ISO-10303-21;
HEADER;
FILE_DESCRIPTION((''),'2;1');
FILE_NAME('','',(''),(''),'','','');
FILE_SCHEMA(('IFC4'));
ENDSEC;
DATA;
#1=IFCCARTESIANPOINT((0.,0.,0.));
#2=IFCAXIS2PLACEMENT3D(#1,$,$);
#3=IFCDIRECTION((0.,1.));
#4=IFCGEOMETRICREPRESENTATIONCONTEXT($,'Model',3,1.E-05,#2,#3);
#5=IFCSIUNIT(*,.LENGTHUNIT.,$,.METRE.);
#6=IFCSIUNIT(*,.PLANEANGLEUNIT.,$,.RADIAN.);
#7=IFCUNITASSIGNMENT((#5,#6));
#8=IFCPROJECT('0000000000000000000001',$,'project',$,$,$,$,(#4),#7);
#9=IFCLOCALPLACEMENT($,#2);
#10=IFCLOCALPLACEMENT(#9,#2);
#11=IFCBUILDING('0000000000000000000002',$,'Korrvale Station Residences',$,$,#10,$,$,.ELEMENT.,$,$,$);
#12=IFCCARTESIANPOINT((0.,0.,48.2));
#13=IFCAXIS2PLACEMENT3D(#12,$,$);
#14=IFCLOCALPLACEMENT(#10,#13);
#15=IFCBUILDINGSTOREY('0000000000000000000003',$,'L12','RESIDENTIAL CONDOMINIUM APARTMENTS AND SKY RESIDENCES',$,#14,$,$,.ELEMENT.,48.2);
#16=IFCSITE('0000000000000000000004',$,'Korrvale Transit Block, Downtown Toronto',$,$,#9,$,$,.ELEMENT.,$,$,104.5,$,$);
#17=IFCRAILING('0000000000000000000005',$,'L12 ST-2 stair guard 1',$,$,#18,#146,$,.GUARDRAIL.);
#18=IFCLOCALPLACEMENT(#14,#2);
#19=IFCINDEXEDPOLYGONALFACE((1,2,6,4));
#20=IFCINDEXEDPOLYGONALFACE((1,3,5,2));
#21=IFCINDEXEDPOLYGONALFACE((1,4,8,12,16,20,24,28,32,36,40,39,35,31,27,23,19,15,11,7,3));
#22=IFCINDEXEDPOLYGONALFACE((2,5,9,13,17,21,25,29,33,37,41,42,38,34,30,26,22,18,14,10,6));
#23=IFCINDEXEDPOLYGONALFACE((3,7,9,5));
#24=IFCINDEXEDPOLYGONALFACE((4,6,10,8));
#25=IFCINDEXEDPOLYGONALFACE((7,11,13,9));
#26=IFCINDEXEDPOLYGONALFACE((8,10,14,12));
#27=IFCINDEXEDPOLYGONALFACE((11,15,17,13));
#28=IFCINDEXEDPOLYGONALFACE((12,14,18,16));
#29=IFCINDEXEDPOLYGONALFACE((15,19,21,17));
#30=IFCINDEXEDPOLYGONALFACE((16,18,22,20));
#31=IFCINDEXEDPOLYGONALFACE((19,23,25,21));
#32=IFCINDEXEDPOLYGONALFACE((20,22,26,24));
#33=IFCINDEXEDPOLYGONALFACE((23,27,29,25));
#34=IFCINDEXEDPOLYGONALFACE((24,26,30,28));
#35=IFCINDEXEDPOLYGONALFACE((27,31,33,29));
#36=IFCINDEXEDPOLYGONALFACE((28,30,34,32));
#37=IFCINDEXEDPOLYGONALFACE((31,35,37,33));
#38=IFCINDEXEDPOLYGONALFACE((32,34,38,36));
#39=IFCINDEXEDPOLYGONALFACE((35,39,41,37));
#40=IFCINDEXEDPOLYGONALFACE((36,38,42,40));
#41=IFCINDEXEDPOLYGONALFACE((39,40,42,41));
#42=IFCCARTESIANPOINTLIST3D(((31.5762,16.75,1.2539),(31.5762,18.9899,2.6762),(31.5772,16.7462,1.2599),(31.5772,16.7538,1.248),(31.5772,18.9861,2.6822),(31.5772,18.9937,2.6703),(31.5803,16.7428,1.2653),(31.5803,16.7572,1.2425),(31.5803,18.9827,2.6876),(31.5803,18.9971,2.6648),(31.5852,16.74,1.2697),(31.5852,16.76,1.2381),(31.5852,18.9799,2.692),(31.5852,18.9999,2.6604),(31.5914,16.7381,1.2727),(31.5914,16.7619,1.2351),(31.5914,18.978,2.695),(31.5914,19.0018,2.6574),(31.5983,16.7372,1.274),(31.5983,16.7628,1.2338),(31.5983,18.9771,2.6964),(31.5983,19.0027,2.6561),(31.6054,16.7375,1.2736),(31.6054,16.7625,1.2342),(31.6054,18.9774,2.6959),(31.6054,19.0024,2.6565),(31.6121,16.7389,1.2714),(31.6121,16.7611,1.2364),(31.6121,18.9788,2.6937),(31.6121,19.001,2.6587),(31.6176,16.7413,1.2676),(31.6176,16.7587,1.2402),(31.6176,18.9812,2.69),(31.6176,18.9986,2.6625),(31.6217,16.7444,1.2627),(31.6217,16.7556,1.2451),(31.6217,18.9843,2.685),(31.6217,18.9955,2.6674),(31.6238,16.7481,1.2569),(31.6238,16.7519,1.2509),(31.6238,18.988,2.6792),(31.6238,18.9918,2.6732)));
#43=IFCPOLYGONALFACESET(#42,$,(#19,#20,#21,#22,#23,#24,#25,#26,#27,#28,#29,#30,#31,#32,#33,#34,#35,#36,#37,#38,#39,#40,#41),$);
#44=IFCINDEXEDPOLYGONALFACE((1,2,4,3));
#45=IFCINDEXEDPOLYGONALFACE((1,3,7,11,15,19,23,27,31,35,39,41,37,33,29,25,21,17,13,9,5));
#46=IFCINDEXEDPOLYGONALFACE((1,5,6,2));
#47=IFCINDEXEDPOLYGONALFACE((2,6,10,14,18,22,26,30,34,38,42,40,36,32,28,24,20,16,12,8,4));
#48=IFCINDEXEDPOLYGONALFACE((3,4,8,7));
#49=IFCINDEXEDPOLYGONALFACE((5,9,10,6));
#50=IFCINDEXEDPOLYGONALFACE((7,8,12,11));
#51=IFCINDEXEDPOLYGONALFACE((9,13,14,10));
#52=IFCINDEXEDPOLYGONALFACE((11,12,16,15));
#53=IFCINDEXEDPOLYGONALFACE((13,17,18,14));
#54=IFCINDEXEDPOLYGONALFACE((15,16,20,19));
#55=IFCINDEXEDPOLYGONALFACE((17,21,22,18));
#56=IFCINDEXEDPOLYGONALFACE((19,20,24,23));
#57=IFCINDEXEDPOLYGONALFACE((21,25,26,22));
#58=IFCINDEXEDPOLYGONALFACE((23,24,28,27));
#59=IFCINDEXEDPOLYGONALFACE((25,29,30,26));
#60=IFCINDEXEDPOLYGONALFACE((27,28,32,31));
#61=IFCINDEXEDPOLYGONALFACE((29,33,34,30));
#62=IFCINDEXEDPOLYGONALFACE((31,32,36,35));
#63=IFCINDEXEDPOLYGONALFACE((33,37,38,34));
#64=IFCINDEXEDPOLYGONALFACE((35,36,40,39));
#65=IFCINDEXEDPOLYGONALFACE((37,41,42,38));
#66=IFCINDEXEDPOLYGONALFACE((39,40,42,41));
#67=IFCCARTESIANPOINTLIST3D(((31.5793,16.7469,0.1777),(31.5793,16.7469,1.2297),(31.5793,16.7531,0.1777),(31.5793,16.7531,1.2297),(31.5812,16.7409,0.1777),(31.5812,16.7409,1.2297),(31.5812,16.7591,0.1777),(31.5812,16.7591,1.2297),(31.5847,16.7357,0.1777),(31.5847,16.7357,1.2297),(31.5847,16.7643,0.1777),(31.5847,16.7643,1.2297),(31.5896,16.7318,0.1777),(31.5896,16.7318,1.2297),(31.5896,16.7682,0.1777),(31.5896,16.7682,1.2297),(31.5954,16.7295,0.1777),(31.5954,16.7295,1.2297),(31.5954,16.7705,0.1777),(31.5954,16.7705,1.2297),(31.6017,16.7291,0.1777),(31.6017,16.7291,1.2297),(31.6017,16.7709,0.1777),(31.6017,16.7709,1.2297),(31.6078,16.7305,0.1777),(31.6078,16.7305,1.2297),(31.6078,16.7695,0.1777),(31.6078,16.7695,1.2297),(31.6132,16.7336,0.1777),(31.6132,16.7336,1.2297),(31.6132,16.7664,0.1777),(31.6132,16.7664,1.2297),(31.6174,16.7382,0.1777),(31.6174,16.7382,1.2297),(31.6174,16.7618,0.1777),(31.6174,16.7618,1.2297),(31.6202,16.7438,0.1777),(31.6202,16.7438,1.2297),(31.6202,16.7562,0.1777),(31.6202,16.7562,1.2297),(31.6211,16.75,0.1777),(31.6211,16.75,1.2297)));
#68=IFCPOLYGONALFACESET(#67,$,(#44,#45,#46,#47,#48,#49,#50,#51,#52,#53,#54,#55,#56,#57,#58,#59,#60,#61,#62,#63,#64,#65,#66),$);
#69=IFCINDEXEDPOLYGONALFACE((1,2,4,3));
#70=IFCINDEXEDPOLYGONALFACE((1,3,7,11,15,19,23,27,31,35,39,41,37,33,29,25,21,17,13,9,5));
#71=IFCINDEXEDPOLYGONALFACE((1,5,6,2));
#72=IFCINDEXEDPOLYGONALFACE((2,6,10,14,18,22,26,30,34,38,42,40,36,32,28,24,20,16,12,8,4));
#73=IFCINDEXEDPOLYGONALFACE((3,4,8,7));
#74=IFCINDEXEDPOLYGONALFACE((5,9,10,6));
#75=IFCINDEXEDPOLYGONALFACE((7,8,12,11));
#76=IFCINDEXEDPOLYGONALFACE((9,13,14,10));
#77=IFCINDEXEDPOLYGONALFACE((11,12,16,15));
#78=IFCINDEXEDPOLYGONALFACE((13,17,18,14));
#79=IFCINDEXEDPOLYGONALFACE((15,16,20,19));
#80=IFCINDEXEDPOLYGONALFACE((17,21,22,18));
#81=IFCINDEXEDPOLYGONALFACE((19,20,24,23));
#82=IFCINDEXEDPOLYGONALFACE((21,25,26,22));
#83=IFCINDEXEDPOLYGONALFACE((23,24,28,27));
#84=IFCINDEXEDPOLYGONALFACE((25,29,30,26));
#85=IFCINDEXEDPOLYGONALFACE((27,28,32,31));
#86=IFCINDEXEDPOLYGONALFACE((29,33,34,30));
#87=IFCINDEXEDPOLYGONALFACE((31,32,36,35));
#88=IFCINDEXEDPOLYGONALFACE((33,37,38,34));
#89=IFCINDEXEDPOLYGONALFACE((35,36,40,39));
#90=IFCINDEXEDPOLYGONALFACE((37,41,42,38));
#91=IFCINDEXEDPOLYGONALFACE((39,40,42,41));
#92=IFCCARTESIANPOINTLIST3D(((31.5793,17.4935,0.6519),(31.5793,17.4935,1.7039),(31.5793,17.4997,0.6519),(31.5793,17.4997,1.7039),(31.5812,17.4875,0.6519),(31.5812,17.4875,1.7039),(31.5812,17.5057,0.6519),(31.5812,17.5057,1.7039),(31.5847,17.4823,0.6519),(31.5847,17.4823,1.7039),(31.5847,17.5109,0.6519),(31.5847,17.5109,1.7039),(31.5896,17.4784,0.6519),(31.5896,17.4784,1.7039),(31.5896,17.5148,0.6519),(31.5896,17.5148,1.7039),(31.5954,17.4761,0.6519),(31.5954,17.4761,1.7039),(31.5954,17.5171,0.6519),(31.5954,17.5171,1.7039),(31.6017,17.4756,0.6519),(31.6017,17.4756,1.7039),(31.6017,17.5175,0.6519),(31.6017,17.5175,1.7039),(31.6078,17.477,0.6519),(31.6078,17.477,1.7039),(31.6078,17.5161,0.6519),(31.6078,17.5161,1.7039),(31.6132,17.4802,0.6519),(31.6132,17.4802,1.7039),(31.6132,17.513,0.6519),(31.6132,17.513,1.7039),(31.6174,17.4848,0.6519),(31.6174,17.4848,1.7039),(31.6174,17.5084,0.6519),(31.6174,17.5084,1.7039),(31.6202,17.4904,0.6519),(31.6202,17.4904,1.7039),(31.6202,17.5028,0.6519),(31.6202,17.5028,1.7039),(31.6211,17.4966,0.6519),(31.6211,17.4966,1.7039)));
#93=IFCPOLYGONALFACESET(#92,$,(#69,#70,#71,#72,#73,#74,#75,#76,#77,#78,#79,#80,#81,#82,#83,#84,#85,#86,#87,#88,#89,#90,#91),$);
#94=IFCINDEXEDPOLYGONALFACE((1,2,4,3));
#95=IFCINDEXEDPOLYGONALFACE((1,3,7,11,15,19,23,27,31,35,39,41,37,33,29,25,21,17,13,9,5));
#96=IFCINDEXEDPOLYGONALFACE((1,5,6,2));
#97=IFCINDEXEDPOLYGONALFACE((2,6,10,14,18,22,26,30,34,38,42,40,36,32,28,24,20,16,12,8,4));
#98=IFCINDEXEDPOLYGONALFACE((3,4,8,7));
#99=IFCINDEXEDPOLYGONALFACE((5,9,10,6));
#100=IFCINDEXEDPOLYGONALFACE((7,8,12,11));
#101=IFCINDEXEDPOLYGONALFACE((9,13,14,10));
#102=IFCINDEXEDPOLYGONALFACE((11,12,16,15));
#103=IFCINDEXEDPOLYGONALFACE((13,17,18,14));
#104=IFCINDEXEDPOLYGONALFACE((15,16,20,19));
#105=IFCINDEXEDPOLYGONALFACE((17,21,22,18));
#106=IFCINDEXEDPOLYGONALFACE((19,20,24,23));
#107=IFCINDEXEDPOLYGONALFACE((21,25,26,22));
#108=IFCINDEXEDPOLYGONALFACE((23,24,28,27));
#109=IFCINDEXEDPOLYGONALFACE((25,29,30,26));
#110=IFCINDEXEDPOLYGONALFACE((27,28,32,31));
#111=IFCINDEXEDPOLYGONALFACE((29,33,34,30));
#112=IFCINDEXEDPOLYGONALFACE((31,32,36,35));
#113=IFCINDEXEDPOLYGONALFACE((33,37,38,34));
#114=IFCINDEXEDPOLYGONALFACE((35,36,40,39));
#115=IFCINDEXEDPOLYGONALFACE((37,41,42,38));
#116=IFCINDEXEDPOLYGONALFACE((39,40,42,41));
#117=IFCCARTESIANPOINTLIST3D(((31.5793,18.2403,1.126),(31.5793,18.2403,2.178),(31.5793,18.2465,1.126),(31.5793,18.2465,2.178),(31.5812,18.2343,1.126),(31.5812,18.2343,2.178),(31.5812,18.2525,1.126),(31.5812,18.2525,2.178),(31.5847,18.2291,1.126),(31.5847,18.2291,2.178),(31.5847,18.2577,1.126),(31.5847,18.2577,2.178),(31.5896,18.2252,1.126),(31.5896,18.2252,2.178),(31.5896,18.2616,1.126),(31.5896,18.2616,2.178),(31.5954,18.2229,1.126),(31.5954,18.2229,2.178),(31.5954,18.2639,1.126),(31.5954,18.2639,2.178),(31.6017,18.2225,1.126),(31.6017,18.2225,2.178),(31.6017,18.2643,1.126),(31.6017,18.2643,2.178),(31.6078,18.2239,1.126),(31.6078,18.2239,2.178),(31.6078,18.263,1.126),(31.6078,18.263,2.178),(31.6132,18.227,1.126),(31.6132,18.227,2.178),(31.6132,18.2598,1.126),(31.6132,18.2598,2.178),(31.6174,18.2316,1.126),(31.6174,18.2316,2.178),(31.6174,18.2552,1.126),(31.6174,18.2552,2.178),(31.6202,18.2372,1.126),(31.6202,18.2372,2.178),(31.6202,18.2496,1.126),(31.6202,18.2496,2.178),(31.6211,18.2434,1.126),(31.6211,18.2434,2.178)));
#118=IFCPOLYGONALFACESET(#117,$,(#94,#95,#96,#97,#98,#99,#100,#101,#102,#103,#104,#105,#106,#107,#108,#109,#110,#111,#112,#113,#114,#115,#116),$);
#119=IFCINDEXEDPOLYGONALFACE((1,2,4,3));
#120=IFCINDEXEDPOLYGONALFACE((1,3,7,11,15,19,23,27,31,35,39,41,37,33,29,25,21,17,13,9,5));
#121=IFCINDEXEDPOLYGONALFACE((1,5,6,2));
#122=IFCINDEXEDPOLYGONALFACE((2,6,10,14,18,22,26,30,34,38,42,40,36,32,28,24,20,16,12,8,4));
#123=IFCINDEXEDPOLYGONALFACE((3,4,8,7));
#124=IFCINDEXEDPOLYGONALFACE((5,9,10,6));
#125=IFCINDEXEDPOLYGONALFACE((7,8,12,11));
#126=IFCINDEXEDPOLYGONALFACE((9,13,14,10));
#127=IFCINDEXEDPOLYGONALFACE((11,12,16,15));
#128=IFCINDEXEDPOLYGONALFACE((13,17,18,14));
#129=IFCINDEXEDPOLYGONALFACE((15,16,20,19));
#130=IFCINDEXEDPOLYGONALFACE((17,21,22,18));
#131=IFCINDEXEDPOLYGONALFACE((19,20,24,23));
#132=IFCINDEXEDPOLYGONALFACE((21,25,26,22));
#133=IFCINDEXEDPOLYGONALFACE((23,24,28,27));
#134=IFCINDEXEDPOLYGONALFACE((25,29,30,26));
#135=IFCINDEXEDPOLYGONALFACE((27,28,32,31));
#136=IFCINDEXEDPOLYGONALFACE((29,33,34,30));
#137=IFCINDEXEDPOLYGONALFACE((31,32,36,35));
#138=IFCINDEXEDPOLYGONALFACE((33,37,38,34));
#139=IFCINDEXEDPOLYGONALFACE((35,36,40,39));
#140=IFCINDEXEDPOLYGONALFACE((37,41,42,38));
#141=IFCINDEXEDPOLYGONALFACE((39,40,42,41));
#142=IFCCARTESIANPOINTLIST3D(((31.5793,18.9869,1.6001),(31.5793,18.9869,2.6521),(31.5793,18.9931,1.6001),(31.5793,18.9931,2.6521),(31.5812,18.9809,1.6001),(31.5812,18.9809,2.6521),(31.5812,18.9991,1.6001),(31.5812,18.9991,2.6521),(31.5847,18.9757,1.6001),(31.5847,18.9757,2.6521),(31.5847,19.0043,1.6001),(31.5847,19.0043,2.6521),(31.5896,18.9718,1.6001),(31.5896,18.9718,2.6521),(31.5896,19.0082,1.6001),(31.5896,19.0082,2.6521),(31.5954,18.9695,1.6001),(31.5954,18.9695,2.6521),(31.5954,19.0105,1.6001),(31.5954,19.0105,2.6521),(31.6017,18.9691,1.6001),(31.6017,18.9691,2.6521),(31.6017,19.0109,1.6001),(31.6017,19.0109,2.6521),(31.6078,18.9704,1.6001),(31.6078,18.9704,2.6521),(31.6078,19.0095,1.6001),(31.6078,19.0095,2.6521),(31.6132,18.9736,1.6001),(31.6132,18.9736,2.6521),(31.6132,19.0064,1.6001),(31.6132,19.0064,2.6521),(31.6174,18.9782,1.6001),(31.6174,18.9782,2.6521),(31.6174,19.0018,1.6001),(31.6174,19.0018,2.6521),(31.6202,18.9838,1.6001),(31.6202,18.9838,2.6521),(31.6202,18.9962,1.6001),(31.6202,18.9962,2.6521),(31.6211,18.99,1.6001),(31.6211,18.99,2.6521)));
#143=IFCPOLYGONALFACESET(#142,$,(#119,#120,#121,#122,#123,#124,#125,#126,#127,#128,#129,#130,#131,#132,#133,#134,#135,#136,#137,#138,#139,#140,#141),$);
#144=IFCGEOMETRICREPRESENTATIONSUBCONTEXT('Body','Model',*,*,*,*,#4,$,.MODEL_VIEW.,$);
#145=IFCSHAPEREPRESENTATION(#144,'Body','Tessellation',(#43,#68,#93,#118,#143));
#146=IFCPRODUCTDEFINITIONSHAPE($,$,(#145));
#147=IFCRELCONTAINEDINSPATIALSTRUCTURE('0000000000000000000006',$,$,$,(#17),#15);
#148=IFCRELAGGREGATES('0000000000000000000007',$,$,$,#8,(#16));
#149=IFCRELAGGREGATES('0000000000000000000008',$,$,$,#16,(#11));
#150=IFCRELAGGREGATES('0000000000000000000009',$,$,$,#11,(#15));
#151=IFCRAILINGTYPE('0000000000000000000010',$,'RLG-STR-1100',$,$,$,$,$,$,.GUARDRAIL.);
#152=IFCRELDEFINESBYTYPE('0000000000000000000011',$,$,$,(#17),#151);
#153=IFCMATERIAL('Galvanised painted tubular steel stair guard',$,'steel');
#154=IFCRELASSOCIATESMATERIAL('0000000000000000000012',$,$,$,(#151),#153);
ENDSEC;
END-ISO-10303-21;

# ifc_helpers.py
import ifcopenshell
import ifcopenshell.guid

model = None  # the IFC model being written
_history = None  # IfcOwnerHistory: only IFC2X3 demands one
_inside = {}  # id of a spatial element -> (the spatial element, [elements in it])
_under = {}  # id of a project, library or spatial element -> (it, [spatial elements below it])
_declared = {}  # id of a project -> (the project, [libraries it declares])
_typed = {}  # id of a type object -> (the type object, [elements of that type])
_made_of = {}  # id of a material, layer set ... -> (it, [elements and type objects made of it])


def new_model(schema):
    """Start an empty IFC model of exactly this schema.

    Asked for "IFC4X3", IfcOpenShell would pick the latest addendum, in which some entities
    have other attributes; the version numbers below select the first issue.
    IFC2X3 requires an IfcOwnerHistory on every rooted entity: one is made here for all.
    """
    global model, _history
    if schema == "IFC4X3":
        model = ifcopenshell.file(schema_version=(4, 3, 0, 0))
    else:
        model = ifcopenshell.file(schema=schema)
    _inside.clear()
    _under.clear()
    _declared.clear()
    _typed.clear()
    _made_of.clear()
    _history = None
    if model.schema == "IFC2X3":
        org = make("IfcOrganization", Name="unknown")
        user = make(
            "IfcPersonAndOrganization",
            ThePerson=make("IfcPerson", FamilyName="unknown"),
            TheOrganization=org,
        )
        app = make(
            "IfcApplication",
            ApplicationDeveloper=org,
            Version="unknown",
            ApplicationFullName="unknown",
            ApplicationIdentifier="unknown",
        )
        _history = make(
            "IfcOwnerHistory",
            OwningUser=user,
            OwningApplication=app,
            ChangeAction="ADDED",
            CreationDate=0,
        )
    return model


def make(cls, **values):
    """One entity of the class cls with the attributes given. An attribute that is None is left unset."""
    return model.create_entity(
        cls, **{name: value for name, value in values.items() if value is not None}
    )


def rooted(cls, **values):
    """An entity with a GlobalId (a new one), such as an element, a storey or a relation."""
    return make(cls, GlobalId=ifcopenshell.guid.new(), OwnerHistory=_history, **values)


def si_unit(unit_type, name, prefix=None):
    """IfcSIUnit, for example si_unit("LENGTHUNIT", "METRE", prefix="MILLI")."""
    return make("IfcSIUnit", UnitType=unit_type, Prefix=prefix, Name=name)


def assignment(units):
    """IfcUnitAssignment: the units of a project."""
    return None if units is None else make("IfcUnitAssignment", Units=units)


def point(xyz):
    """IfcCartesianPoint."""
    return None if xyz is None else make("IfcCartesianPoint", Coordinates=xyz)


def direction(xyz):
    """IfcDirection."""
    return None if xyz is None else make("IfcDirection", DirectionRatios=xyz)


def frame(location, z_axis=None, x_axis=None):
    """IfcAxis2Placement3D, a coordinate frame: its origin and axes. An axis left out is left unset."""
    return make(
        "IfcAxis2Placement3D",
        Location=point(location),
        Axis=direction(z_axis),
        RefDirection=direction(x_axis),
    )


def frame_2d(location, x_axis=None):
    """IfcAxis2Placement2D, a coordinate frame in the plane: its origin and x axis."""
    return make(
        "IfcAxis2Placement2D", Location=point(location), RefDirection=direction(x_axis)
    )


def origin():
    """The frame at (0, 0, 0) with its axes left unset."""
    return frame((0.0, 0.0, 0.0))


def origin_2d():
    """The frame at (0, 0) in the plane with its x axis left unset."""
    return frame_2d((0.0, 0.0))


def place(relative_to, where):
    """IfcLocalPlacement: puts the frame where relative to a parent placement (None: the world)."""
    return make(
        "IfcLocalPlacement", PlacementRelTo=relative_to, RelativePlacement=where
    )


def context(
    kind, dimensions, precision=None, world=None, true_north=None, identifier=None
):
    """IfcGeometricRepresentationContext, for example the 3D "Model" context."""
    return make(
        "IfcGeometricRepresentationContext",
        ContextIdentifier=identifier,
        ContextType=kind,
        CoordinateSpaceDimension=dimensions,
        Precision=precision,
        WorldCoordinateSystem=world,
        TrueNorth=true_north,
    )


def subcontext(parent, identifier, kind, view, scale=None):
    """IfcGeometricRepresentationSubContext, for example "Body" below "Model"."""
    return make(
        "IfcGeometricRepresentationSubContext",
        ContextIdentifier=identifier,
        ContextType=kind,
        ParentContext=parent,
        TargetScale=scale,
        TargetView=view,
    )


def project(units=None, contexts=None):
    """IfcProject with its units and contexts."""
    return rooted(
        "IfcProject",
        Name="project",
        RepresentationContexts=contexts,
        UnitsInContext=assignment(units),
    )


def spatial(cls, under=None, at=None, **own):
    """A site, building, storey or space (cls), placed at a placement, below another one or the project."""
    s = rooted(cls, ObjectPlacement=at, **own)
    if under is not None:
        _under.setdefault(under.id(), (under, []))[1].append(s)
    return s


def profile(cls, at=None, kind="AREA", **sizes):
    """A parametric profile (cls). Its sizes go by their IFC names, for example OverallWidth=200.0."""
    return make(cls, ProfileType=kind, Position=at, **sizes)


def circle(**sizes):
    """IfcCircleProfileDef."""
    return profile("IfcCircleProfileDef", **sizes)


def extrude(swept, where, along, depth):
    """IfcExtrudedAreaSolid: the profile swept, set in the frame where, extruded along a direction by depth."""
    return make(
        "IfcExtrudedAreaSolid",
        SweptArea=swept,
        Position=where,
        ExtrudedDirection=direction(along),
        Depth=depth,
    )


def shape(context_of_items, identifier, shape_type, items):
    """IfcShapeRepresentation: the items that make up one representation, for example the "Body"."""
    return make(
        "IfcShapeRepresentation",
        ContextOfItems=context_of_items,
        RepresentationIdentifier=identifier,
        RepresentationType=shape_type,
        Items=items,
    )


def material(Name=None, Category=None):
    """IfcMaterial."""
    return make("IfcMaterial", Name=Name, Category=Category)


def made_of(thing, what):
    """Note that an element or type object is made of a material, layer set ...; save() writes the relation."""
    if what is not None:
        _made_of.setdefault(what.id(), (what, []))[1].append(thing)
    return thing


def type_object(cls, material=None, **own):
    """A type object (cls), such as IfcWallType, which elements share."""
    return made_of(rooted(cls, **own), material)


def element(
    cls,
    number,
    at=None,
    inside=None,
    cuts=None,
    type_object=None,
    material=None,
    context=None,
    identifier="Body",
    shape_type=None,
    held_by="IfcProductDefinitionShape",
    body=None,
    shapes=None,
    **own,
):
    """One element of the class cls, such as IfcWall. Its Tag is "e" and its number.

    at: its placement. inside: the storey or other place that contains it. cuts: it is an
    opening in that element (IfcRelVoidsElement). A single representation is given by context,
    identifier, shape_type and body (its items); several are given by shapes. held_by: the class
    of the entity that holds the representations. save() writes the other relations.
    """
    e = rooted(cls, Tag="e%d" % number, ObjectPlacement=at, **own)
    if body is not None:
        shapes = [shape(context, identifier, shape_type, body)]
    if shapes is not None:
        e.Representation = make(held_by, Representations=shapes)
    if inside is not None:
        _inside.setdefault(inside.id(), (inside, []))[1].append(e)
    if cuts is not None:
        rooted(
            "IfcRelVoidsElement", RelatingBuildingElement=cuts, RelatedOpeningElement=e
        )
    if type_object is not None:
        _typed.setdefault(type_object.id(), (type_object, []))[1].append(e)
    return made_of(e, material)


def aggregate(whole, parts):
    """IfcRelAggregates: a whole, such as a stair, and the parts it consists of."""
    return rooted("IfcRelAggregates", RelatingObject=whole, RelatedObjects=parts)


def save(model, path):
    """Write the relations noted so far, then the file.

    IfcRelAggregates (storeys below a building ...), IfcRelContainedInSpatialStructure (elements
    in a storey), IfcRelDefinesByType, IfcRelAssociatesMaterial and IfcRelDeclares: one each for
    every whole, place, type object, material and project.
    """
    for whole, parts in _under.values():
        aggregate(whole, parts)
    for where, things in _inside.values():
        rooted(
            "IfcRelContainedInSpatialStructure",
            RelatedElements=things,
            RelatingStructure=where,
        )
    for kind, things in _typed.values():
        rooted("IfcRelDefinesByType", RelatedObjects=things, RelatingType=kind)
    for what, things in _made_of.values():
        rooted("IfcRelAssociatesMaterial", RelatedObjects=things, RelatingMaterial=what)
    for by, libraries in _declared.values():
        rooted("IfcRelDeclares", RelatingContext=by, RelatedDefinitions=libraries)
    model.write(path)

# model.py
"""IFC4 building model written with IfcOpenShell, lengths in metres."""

from ifc_helpers import new_model, si_unit, direction, frame, origin, origin_2d, place, context, subcontext, project, spatial, circle, extrude, material, type_object, element, save


model = new_model("IFC4")

# Units and contexts
model_context = context("Model", 3, precision=1e-05, world=origin(), true_north=direction((0.0, 1.0)))
body_context = subcontext(model_context, "Body", "Model", "MODEL_VIEW")
ifc_project = project(units=[si_unit("LENGTHUNIT", "METRE"), si_unit("PLANEANGLEUNIT", "RADIAN")], contexts=[model_context])

# Site, building, storey
site_placement = place(None, origin())
site = spatial("IfcSite", under=ifc_project, at=site_placement, Name="Korrvale Transit Block, Downtown Toronto", CompositionType="ELEMENT", RefElevation=104.5)
building_placement = place(site_placement, origin())
building = spatial("IfcBuilding", under=site, at=building_placement, Name="Korrvale Station Residences", CompositionType="ELEMENT")
storey_placement = place(building_placement, frame((0.0, 0.0, 48.2)))
storey = spatial("IfcBuildingStorey", under=building, at=storey_placement, Name="L12", Description="RESIDENTIAL CONDOMINIUM APARTMENTS AND SKY RESIDENCES", CompositionType="ELEMENT", Elevation=48.2)

# Railing
ifc_material_1 = material(Name="Galvanised painted tubular steel stair guard", Category="steel")
railing_type_1 = type_object("IfcRailingType", Name="RLG-STR-1100", PredefinedType="GUARDRAIL", material=ifc_material_1)
railing_1_placement = place(storey_placement, frame((31.6001, 16.75, 0.1777)))
element("IfcRailing", 1, at=railing_1_placement, inside=storey, type_object=railing_type_1, Name="L12 ST-2 stair guard 1", PredefinedType="GUARDRAIL", context=body_context, shape_type="SweptSolid", body=[
    extrude(circle(Radius=0.0239, at=origin_2d()), frame((0.0, 0.0, 1.0762), z_axis=(0.0, 0.844188, 0.536048), x_axis=(-1.0, 0.0, 0.0)), (0.0, 0.0, 1.0), 2.6533),
    extrude(circle(Radius=0.021, at=origin_2d()), origin(), (0.0, 0.0, 1.0), 1.052),
    extrude(circle(Radius=0.021, at=origin_2d()), frame((0.0, 0.7466, 0.4741)), (0.0, 0.0, 1.0), 1.052),
    extrude(circle(Radius=0.021, at=origin_2d()), frame((0.0, 1.4934, 0.9482)), (0.0, 0.0, 1.0), 1.052),
    extrude(circle(Radius=0.021, at=origin_2d()), frame((0.0, 2.24, 1.4224)), (0.0, 0.0, 1.0), 1.052),
])

save(model, "model.ifc")
